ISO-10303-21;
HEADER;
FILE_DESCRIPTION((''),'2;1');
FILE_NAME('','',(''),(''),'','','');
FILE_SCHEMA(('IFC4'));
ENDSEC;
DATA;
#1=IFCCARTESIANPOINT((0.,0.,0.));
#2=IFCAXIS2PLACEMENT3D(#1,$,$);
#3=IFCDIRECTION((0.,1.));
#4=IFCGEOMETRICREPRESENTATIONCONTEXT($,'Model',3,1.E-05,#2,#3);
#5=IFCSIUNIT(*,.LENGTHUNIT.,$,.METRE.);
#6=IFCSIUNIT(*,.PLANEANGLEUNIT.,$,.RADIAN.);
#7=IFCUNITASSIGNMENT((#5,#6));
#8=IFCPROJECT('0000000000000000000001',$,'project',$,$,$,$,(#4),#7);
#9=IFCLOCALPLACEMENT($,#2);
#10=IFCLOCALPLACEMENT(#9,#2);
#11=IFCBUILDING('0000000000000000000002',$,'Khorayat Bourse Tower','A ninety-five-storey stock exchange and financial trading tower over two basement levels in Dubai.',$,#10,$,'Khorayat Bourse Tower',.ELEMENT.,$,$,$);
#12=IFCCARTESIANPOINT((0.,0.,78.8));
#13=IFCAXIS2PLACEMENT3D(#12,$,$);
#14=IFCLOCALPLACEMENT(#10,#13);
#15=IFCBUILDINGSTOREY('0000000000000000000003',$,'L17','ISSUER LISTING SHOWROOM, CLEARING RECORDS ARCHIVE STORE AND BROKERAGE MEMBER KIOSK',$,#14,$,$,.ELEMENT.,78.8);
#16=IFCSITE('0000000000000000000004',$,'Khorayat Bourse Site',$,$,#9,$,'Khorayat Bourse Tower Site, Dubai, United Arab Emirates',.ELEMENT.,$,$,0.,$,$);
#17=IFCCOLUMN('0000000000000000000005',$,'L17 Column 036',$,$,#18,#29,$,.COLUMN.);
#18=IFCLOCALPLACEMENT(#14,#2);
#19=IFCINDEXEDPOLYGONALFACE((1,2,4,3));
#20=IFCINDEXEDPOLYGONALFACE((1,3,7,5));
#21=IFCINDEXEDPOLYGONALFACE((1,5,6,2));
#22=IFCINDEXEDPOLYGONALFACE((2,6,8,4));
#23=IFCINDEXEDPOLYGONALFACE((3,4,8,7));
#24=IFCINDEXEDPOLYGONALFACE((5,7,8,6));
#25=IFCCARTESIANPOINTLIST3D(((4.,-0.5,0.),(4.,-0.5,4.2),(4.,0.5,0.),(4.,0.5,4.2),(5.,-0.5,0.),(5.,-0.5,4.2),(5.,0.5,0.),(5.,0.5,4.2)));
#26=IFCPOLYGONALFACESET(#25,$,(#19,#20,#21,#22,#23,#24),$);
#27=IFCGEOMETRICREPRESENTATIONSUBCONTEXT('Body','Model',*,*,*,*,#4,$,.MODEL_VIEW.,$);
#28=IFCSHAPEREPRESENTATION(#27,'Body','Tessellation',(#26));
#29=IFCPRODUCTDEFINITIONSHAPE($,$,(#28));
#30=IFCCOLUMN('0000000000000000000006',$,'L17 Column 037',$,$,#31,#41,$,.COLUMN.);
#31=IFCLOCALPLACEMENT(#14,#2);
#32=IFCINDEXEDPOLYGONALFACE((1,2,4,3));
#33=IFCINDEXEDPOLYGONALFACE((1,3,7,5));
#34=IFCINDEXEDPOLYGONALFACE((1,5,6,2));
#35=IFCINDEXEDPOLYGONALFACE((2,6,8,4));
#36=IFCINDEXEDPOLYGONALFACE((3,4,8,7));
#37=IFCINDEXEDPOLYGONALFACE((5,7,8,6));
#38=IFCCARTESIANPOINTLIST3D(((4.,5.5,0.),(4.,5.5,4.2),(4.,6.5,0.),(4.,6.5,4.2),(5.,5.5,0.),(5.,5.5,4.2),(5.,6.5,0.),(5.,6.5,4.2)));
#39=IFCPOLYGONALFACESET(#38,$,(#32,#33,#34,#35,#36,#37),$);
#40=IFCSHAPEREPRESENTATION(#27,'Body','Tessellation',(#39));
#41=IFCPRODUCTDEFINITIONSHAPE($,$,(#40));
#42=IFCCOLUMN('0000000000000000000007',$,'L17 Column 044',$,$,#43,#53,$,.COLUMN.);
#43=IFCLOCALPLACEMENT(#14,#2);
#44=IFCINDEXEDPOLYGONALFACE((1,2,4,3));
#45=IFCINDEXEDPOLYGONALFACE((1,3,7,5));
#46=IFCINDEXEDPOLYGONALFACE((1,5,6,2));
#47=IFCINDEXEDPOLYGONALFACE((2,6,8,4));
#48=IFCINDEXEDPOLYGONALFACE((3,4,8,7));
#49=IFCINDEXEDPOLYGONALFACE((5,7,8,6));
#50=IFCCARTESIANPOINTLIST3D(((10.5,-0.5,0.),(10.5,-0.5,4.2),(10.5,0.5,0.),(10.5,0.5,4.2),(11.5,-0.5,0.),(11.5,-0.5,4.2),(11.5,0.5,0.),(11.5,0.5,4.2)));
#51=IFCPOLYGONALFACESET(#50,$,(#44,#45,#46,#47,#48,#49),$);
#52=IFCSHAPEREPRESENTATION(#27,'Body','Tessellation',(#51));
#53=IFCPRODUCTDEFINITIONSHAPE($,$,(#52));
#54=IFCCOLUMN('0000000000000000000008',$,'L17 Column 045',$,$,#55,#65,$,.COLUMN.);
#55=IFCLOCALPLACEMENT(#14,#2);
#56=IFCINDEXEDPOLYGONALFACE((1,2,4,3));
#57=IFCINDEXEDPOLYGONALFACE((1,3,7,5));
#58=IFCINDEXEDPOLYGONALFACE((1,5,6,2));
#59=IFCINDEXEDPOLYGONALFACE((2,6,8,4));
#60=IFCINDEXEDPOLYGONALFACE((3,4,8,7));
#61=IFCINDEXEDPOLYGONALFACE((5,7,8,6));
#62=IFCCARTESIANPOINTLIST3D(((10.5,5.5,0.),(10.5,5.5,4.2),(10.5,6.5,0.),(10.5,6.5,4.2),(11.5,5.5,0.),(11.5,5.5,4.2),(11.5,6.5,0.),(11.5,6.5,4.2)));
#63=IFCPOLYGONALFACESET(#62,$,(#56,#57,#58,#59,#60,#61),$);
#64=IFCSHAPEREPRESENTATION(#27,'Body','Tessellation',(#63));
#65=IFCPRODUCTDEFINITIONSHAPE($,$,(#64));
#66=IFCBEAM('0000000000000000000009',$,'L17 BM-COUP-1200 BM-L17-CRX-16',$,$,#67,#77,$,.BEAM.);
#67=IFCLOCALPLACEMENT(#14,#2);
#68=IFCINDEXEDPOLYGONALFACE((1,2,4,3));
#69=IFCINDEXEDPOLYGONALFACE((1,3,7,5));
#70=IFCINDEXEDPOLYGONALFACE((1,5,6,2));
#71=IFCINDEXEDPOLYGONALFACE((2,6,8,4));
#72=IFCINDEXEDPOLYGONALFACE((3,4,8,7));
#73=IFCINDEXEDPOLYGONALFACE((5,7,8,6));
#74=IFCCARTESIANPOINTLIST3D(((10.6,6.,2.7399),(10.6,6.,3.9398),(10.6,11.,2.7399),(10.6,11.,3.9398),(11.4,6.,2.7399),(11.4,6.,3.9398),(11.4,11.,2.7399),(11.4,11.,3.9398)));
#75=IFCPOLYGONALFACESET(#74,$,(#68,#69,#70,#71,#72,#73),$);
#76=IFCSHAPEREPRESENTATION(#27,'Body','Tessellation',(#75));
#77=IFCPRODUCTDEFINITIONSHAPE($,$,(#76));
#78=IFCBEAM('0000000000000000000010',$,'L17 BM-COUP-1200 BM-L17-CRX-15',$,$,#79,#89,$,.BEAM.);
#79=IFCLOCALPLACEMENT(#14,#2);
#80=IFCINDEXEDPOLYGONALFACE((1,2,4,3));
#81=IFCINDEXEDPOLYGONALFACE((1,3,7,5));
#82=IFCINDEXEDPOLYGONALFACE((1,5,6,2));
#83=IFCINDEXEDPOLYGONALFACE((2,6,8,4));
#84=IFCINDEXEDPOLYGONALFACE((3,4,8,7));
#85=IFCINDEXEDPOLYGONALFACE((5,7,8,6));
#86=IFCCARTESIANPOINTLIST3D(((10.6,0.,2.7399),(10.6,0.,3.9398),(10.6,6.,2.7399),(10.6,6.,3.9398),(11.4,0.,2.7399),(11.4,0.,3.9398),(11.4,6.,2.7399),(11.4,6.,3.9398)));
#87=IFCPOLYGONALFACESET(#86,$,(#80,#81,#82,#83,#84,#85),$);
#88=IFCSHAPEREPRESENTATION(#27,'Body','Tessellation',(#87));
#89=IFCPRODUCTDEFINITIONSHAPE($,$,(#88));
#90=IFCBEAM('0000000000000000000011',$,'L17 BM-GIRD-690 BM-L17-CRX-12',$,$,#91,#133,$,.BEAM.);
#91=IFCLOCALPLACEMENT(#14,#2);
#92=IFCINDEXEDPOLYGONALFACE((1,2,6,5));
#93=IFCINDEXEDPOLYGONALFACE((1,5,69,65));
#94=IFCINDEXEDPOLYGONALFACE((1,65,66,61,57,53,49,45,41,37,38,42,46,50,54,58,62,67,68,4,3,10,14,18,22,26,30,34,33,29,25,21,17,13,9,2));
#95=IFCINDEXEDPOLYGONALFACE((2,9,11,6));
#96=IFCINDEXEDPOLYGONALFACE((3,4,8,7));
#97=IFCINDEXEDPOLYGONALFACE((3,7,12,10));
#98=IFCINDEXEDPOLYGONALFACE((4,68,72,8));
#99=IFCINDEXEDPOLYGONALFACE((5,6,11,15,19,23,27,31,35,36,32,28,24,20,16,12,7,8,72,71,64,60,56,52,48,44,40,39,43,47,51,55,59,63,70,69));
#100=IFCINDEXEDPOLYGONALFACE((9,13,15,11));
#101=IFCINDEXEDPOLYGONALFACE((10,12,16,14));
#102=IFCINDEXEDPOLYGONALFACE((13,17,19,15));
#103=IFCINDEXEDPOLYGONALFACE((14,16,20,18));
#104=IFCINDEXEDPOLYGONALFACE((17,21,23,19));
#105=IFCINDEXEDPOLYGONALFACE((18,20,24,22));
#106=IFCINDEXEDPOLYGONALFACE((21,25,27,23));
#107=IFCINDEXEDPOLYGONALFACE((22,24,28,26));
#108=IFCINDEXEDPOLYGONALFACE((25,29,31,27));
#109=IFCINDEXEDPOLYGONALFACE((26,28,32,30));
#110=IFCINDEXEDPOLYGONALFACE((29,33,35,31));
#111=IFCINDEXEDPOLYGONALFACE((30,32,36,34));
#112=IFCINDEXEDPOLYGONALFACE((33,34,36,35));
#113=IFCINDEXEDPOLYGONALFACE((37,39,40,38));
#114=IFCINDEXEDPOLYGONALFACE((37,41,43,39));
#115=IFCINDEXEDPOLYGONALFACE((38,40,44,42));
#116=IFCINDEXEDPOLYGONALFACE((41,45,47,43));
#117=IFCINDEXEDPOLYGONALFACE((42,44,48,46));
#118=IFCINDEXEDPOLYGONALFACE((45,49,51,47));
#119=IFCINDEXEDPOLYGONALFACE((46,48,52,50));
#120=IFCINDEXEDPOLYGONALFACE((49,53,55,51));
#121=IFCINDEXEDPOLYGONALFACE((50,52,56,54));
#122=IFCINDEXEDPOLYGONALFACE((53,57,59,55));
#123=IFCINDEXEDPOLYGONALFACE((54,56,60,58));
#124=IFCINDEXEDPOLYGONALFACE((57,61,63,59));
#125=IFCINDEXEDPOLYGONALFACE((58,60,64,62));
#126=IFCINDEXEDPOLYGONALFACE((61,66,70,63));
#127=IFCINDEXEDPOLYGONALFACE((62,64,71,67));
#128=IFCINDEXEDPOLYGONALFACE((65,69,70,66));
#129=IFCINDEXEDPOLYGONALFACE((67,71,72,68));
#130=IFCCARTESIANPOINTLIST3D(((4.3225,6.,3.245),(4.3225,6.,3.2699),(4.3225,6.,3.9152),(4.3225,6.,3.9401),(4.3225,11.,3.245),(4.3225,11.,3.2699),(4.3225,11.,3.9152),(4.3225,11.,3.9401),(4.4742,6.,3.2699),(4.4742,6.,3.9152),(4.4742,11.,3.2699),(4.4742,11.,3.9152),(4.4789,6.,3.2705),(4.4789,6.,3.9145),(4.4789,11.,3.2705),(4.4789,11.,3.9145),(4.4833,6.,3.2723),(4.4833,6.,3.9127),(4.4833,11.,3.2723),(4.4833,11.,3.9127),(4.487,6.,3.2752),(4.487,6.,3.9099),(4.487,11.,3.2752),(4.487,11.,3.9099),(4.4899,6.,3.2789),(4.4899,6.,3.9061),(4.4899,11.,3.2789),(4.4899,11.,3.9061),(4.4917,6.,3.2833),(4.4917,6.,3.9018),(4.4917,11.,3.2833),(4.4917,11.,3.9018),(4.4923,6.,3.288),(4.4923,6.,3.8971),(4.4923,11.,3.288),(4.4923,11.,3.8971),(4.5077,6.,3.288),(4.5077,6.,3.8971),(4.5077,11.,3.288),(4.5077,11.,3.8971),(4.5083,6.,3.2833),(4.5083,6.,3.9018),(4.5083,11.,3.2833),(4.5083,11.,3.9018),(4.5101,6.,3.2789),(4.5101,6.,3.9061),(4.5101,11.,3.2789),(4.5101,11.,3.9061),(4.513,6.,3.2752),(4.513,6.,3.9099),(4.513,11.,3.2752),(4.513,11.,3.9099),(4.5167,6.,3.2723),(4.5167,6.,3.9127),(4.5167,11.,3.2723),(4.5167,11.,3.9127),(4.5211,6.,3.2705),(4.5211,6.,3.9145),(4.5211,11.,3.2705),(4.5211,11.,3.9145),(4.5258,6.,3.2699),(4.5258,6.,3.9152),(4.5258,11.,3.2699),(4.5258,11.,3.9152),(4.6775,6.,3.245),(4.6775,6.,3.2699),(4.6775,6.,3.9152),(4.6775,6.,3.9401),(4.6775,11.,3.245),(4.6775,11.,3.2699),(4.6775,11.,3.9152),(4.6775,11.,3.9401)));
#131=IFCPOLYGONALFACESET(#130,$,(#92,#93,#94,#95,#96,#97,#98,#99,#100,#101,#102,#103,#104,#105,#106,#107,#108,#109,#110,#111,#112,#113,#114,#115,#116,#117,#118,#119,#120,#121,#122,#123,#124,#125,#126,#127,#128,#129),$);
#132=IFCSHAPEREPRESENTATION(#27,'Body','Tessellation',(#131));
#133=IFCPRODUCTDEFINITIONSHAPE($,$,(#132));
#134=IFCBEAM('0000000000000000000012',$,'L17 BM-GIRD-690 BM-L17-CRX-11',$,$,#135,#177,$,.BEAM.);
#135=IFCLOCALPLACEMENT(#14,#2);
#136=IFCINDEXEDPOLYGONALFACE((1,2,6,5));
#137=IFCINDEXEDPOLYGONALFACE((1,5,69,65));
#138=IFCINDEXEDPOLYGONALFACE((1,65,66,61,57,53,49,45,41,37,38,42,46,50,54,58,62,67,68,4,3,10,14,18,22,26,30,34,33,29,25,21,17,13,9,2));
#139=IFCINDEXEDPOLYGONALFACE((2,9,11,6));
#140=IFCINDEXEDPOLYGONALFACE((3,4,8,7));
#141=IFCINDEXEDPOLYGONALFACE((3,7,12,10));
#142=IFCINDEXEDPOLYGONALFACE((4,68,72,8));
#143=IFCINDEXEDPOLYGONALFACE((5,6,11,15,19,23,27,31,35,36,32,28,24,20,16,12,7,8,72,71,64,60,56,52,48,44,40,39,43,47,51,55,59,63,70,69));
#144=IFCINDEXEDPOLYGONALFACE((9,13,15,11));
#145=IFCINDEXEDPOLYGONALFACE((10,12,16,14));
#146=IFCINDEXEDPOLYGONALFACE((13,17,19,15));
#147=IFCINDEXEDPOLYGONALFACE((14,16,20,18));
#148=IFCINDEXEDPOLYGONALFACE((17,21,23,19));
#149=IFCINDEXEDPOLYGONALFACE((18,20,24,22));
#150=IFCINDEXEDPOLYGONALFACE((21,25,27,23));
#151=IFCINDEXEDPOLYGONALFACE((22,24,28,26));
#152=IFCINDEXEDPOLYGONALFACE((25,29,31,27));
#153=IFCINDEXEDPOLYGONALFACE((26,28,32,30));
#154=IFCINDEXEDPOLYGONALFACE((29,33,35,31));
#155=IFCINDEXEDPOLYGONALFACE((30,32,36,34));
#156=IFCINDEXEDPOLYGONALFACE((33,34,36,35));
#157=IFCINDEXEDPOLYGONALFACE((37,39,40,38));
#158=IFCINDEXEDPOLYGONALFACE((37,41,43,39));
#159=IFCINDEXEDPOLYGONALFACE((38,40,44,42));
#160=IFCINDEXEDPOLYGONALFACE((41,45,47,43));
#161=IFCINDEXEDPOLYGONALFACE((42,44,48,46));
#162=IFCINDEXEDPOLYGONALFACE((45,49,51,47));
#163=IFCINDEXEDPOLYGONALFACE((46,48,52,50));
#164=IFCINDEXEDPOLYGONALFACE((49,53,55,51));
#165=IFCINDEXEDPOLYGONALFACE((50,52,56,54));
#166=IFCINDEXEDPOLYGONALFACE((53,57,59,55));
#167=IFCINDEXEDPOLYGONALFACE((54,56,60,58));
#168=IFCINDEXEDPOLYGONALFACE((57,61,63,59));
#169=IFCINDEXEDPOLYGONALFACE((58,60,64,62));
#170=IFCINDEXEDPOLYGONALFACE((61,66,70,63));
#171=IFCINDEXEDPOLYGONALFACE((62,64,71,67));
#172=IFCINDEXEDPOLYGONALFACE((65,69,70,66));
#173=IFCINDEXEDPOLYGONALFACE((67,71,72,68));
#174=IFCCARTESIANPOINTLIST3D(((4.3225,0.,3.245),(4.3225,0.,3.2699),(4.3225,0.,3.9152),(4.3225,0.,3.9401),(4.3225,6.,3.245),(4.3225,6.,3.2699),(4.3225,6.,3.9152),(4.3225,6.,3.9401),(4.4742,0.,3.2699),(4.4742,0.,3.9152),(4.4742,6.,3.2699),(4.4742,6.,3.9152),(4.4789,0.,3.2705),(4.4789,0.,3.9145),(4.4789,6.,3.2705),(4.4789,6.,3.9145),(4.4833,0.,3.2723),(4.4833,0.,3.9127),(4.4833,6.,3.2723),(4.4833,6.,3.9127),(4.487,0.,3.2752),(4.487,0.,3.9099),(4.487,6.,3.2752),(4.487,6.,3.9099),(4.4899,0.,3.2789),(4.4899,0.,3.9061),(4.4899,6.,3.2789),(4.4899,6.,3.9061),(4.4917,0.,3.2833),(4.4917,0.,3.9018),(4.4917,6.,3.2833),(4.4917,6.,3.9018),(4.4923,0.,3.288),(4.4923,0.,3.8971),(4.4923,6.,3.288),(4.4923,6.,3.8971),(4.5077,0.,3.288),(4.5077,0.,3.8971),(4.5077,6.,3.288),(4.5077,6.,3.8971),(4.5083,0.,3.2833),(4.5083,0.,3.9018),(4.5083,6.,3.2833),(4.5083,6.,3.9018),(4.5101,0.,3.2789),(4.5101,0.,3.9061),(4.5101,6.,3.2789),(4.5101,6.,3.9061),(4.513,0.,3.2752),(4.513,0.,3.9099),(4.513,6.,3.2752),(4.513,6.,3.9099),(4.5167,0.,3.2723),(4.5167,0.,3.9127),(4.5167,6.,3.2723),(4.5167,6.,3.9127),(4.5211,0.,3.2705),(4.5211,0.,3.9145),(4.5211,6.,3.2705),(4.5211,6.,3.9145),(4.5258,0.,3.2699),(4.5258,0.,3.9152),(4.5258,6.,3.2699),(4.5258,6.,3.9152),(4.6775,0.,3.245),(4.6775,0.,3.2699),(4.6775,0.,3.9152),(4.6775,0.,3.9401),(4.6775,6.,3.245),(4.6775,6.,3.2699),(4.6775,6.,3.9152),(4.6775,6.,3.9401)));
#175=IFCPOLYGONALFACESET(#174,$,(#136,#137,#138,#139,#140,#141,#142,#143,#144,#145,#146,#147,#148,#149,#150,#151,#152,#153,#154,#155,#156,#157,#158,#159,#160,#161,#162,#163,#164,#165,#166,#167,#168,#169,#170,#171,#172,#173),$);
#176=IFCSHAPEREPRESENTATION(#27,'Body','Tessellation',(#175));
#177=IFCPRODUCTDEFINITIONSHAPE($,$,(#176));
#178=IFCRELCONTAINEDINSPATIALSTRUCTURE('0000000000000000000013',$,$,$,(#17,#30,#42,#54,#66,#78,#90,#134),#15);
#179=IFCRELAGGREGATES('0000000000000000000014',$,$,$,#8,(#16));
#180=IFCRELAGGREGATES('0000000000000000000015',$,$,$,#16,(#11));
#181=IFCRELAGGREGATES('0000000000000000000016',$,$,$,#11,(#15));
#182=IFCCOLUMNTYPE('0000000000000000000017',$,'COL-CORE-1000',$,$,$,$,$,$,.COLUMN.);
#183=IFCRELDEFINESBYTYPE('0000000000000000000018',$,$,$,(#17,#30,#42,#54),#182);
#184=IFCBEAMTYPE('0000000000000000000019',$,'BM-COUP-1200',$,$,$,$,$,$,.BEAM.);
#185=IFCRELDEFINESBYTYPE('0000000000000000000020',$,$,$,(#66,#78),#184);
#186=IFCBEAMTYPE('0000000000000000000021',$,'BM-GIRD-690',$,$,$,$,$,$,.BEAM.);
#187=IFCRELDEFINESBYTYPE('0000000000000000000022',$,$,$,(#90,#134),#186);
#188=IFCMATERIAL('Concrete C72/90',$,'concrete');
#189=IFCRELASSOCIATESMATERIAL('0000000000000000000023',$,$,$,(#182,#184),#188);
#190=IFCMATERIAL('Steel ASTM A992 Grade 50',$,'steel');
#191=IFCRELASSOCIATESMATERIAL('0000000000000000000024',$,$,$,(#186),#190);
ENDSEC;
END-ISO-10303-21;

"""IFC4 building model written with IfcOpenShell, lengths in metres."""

from ifc_helpers import new_model, si_unit, direction, frame, origin, origin_2d, place, context, subcontext, project, spatial, rectangle, i_section, extrude, source, transform, mapped, material, material_profile, profile_set, type_object, element, save


model = new_model("IFC4")

# Units and contexts
model_context = context("Model", 3, precision=1e-05, world=origin(), true_north=direction((0.0, 1.0)))
body_context = subcontext(model_context, "Body", "Model", "MODEL_VIEW")
ifc_project = project(units=[si_unit("LENGTHUNIT", "METRE"), si_unit("PLANEANGLEUNIT", "RADIAN")], contexts=[model_context])

# Site, building, storey
site_placement = place(None, origin())
site = spatial("IfcSite", under=ifc_project, at=site_placement, Name="Khorayat Bourse Site", LongName="Khorayat Bourse Tower Site, Dubai, United Arab Emirates", CompositionType="ELEMENT", RefElevation=0.0)
building_placement = place(site_placement, origin())
building = spatial("IfcBuilding", under=site, at=building_placement, Name="Khorayat Bourse Tower", Description="A ninety-five-storey stock exchange and financial trading tower over two basement levels in Dubai.", LongName="Khorayat Bourse Tower", CompositionType="ELEMENT")
storey_placement = place(building_placement, frame((0.0, 0.0, 78.8)))
storey = spatial("IfcBuildingStorey", under=building, at=storey_placement, Name="L17", Description="ISSUER LISTING SHOWROOM, CLEARING RECORDS ARCHIVE STORE AND BROKERAGE MEMBER KIOSK", CompositionType="ELEMENT", Elevation=78.8)

# Columns
ifc_material_1 = material(Name="Concrete C72/90", Category="concrete")
ifc_material_profile_1 = material_profile(ifc_material_1, rectangle(XDim=1.0, YDim=1.0, at=origin_2d()), Name="RC 1000x1000")
ifc_profile_set_1 = profile_set([ifc_material_profile_1], Name="Concrete C72/90")
column_type = type_object("IfcColumnType", Name="COL-CORE-1000", PredefinedType="COLUMN", material=ifc_profile_set_1)
shared_shape_1 = source(origin(), body_context, "Body", "SweptSolid", [
    extrude(rectangle(XDim=1.0, YDim=1.0, at=origin_2d()), origin(), (0.0, 0.0, 1.0), 4.2),
])
for number, where, z_axis, x_axis, name in (
    (1, (4.5, 0.0, 0.0), (0.0, 0.0, 1.0), (1.0, 0.0, 0.0), "L17 Column 036"),
    (2, (4.5, 6.0, 0.0), (0.0, 0.0, 1.0), (1.0, 0.0, 0.0), "L17 Column 037"),
    (3, (11.0, 0.0, 0.0), (0.0, 0.0, 1.0), (1.0, 0.0, 0.0), "L17 Column 044"),
    (4, (11.0, 6.0, 0.0), (0.0, 0.0, 1.0), (1.0, 0.0, 0.0), "L17 Column 045"),
):
    element("IfcColumn", number, at=place(storey_placement, frame(where, z_axis=z_axis, x_axis=x_axis)), inside=storey, type_object=column_type, Name=name, PredefinedType="COLUMN", context=body_context, shape_type="MappedRepresentation", body=[
        mapped(shared_shape_1, transform((0.0, 0.0, 0.0), scale=1.0)),
    ])

# Beams
ifc_material_profile_2 = material_profile(ifc_material_1, rectangle(XDim=0.8, YDim=1.2, at=origin_2d()), Name="RC 800x1200")
ifc_profile_set_2 = profile_set([ifc_material_profile_2], Name="Concrete C72/90")
beam_type_1 = type_object("IfcBeamType", Name="BM-COUP-1200", PredefinedType="BEAM", material=ifc_profile_set_2)
shared_shape_2 = source(origin(), body_context, "Body", "SweptSolid", [
    extrude(rectangle(XDim=0.8, YDim=1.2, at=origin_2d()), origin(), (0.0, 0.0, 1.0), 5.0),
])
beam_1_placement = place(storey_placement, frame((11.0, 6.0, 3.3398), z_axis=(0.0, 1.0, 0.0), x_axis=(-1.0, 0.0, 0.0)))
element("IfcBeam", 5, at=beam_1_placement, inside=storey, type_object=beam_type_1, Name="L17 BM-COUP-1200 BM-L17-CRX-16", PredefinedType="BEAM", context=body_context, shape_type="MappedRepresentation", body=[
    mapped(shared_shape_2, transform((0.0, 0.0, 0.0), scale=1.0)),
])
shared_shape_3 = source(origin(), body_context, "Body", "SweptSolid", [
    extrude(rectangle(XDim=0.8, YDim=1.2, at=origin_2d()), origin(), (0.0, 0.0, 1.0), 6.0),
])
beam_2_placement = place(storey_placement, frame((11.0, 0.0, 3.3398), z_axis=(0.0, 1.0, 0.0), x_axis=(-1.0, 0.0, 0.0)))
element("IfcBeam", 6, at=beam_2_placement, inside=storey, type_object=beam_type_1, Name="L17 BM-COUP-1200 BM-L17-CRX-15", PredefinedType="BEAM", context=body_context, shape_type="MappedRepresentation", body=[
    mapped(shared_shape_3, transform((0.0, 0.0, 0.0), scale=1.0)),
])
ifc_material_2 = material(Name="Steel ASTM A992 Grade 50", Category="steel")
ifc_material_profile_3 = material_profile(ifc_material_2, i_section(OverallWidth=0.355, OverallDepth=0.6951, WebThickness=0.0154, FlangeThickness=0.0249, FilletRadius=0.0181, at=origin_2d()), Name="W690X217")
ifc_profile_set_3 = profile_set([ifc_material_profile_3], Name="Steel ASTM A992 Grade 50")
beam_type_2 = type_object("IfcBeamType", Name="BM-GIRD-690", PredefinedType="BEAM", material=ifc_profile_set_3)
shared_shape_4 = source(origin(), body_context, "Body", "SweptSolid", [
    extrude(i_section(OverallWidth=0.355, OverallDepth=0.6951, WebThickness=0.0154, FlangeThickness=0.0249, FilletRadius=0.0181, at=origin_2d()), origin(), (0.0, 0.0, 1.0), 5.0),
])
beam_3_placement = place(storey_placement, frame((4.5, 6.0, 3.5925), z_axis=(0.0, 1.0, 0.0), x_axis=(-1.0, 0.0, 0.0)))
element("IfcBeam", 7, at=beam_3_placement, inside=storey, type_object=beam_type_2, Name="L17 BM-GIRD-690 BM-L17-CRX-12", PredefinedType="BEAM", context=body_context, shape_type="MappedRepresentation", body=[
    mapped(shared_shape_4, transform((0.0, 0.0, 0.0), scale=1.0)),
])
shared_shape_5 = source(origin(), body_context, "Body", "SweptSolid", [
    extrude(i_section(OverallWidth=0.355, OverallDepth=0.6951, WebThickness=0.0154, FlangeThickness=0.0249, FilletRadius=0.0181, at=origin_2d()), origin(), (0.0, 0.0, 1.0), 6.0),
])
beam_4_placement = place(storey_placement, frame((4.5, 0.0, 3.5925), z_axis=(0.0, 1.0, 0.0), x_axis=(-1.0, 0.0, 0.0)))
element("IfcBeam", 8, at=beam_4_placement, inside=storey, type_object=beam_type_2, Name="L17 BM-GIRD-690 BM-L17-CRX-11", PredefinedType="BEAM", context=body_context, shape_type="MappedRepresentation", body=[
    mapped(shared_shape_5, transform((0.0, 0.0, 0.0), scale=1.0)),
])

save(model, "model.ifc")
